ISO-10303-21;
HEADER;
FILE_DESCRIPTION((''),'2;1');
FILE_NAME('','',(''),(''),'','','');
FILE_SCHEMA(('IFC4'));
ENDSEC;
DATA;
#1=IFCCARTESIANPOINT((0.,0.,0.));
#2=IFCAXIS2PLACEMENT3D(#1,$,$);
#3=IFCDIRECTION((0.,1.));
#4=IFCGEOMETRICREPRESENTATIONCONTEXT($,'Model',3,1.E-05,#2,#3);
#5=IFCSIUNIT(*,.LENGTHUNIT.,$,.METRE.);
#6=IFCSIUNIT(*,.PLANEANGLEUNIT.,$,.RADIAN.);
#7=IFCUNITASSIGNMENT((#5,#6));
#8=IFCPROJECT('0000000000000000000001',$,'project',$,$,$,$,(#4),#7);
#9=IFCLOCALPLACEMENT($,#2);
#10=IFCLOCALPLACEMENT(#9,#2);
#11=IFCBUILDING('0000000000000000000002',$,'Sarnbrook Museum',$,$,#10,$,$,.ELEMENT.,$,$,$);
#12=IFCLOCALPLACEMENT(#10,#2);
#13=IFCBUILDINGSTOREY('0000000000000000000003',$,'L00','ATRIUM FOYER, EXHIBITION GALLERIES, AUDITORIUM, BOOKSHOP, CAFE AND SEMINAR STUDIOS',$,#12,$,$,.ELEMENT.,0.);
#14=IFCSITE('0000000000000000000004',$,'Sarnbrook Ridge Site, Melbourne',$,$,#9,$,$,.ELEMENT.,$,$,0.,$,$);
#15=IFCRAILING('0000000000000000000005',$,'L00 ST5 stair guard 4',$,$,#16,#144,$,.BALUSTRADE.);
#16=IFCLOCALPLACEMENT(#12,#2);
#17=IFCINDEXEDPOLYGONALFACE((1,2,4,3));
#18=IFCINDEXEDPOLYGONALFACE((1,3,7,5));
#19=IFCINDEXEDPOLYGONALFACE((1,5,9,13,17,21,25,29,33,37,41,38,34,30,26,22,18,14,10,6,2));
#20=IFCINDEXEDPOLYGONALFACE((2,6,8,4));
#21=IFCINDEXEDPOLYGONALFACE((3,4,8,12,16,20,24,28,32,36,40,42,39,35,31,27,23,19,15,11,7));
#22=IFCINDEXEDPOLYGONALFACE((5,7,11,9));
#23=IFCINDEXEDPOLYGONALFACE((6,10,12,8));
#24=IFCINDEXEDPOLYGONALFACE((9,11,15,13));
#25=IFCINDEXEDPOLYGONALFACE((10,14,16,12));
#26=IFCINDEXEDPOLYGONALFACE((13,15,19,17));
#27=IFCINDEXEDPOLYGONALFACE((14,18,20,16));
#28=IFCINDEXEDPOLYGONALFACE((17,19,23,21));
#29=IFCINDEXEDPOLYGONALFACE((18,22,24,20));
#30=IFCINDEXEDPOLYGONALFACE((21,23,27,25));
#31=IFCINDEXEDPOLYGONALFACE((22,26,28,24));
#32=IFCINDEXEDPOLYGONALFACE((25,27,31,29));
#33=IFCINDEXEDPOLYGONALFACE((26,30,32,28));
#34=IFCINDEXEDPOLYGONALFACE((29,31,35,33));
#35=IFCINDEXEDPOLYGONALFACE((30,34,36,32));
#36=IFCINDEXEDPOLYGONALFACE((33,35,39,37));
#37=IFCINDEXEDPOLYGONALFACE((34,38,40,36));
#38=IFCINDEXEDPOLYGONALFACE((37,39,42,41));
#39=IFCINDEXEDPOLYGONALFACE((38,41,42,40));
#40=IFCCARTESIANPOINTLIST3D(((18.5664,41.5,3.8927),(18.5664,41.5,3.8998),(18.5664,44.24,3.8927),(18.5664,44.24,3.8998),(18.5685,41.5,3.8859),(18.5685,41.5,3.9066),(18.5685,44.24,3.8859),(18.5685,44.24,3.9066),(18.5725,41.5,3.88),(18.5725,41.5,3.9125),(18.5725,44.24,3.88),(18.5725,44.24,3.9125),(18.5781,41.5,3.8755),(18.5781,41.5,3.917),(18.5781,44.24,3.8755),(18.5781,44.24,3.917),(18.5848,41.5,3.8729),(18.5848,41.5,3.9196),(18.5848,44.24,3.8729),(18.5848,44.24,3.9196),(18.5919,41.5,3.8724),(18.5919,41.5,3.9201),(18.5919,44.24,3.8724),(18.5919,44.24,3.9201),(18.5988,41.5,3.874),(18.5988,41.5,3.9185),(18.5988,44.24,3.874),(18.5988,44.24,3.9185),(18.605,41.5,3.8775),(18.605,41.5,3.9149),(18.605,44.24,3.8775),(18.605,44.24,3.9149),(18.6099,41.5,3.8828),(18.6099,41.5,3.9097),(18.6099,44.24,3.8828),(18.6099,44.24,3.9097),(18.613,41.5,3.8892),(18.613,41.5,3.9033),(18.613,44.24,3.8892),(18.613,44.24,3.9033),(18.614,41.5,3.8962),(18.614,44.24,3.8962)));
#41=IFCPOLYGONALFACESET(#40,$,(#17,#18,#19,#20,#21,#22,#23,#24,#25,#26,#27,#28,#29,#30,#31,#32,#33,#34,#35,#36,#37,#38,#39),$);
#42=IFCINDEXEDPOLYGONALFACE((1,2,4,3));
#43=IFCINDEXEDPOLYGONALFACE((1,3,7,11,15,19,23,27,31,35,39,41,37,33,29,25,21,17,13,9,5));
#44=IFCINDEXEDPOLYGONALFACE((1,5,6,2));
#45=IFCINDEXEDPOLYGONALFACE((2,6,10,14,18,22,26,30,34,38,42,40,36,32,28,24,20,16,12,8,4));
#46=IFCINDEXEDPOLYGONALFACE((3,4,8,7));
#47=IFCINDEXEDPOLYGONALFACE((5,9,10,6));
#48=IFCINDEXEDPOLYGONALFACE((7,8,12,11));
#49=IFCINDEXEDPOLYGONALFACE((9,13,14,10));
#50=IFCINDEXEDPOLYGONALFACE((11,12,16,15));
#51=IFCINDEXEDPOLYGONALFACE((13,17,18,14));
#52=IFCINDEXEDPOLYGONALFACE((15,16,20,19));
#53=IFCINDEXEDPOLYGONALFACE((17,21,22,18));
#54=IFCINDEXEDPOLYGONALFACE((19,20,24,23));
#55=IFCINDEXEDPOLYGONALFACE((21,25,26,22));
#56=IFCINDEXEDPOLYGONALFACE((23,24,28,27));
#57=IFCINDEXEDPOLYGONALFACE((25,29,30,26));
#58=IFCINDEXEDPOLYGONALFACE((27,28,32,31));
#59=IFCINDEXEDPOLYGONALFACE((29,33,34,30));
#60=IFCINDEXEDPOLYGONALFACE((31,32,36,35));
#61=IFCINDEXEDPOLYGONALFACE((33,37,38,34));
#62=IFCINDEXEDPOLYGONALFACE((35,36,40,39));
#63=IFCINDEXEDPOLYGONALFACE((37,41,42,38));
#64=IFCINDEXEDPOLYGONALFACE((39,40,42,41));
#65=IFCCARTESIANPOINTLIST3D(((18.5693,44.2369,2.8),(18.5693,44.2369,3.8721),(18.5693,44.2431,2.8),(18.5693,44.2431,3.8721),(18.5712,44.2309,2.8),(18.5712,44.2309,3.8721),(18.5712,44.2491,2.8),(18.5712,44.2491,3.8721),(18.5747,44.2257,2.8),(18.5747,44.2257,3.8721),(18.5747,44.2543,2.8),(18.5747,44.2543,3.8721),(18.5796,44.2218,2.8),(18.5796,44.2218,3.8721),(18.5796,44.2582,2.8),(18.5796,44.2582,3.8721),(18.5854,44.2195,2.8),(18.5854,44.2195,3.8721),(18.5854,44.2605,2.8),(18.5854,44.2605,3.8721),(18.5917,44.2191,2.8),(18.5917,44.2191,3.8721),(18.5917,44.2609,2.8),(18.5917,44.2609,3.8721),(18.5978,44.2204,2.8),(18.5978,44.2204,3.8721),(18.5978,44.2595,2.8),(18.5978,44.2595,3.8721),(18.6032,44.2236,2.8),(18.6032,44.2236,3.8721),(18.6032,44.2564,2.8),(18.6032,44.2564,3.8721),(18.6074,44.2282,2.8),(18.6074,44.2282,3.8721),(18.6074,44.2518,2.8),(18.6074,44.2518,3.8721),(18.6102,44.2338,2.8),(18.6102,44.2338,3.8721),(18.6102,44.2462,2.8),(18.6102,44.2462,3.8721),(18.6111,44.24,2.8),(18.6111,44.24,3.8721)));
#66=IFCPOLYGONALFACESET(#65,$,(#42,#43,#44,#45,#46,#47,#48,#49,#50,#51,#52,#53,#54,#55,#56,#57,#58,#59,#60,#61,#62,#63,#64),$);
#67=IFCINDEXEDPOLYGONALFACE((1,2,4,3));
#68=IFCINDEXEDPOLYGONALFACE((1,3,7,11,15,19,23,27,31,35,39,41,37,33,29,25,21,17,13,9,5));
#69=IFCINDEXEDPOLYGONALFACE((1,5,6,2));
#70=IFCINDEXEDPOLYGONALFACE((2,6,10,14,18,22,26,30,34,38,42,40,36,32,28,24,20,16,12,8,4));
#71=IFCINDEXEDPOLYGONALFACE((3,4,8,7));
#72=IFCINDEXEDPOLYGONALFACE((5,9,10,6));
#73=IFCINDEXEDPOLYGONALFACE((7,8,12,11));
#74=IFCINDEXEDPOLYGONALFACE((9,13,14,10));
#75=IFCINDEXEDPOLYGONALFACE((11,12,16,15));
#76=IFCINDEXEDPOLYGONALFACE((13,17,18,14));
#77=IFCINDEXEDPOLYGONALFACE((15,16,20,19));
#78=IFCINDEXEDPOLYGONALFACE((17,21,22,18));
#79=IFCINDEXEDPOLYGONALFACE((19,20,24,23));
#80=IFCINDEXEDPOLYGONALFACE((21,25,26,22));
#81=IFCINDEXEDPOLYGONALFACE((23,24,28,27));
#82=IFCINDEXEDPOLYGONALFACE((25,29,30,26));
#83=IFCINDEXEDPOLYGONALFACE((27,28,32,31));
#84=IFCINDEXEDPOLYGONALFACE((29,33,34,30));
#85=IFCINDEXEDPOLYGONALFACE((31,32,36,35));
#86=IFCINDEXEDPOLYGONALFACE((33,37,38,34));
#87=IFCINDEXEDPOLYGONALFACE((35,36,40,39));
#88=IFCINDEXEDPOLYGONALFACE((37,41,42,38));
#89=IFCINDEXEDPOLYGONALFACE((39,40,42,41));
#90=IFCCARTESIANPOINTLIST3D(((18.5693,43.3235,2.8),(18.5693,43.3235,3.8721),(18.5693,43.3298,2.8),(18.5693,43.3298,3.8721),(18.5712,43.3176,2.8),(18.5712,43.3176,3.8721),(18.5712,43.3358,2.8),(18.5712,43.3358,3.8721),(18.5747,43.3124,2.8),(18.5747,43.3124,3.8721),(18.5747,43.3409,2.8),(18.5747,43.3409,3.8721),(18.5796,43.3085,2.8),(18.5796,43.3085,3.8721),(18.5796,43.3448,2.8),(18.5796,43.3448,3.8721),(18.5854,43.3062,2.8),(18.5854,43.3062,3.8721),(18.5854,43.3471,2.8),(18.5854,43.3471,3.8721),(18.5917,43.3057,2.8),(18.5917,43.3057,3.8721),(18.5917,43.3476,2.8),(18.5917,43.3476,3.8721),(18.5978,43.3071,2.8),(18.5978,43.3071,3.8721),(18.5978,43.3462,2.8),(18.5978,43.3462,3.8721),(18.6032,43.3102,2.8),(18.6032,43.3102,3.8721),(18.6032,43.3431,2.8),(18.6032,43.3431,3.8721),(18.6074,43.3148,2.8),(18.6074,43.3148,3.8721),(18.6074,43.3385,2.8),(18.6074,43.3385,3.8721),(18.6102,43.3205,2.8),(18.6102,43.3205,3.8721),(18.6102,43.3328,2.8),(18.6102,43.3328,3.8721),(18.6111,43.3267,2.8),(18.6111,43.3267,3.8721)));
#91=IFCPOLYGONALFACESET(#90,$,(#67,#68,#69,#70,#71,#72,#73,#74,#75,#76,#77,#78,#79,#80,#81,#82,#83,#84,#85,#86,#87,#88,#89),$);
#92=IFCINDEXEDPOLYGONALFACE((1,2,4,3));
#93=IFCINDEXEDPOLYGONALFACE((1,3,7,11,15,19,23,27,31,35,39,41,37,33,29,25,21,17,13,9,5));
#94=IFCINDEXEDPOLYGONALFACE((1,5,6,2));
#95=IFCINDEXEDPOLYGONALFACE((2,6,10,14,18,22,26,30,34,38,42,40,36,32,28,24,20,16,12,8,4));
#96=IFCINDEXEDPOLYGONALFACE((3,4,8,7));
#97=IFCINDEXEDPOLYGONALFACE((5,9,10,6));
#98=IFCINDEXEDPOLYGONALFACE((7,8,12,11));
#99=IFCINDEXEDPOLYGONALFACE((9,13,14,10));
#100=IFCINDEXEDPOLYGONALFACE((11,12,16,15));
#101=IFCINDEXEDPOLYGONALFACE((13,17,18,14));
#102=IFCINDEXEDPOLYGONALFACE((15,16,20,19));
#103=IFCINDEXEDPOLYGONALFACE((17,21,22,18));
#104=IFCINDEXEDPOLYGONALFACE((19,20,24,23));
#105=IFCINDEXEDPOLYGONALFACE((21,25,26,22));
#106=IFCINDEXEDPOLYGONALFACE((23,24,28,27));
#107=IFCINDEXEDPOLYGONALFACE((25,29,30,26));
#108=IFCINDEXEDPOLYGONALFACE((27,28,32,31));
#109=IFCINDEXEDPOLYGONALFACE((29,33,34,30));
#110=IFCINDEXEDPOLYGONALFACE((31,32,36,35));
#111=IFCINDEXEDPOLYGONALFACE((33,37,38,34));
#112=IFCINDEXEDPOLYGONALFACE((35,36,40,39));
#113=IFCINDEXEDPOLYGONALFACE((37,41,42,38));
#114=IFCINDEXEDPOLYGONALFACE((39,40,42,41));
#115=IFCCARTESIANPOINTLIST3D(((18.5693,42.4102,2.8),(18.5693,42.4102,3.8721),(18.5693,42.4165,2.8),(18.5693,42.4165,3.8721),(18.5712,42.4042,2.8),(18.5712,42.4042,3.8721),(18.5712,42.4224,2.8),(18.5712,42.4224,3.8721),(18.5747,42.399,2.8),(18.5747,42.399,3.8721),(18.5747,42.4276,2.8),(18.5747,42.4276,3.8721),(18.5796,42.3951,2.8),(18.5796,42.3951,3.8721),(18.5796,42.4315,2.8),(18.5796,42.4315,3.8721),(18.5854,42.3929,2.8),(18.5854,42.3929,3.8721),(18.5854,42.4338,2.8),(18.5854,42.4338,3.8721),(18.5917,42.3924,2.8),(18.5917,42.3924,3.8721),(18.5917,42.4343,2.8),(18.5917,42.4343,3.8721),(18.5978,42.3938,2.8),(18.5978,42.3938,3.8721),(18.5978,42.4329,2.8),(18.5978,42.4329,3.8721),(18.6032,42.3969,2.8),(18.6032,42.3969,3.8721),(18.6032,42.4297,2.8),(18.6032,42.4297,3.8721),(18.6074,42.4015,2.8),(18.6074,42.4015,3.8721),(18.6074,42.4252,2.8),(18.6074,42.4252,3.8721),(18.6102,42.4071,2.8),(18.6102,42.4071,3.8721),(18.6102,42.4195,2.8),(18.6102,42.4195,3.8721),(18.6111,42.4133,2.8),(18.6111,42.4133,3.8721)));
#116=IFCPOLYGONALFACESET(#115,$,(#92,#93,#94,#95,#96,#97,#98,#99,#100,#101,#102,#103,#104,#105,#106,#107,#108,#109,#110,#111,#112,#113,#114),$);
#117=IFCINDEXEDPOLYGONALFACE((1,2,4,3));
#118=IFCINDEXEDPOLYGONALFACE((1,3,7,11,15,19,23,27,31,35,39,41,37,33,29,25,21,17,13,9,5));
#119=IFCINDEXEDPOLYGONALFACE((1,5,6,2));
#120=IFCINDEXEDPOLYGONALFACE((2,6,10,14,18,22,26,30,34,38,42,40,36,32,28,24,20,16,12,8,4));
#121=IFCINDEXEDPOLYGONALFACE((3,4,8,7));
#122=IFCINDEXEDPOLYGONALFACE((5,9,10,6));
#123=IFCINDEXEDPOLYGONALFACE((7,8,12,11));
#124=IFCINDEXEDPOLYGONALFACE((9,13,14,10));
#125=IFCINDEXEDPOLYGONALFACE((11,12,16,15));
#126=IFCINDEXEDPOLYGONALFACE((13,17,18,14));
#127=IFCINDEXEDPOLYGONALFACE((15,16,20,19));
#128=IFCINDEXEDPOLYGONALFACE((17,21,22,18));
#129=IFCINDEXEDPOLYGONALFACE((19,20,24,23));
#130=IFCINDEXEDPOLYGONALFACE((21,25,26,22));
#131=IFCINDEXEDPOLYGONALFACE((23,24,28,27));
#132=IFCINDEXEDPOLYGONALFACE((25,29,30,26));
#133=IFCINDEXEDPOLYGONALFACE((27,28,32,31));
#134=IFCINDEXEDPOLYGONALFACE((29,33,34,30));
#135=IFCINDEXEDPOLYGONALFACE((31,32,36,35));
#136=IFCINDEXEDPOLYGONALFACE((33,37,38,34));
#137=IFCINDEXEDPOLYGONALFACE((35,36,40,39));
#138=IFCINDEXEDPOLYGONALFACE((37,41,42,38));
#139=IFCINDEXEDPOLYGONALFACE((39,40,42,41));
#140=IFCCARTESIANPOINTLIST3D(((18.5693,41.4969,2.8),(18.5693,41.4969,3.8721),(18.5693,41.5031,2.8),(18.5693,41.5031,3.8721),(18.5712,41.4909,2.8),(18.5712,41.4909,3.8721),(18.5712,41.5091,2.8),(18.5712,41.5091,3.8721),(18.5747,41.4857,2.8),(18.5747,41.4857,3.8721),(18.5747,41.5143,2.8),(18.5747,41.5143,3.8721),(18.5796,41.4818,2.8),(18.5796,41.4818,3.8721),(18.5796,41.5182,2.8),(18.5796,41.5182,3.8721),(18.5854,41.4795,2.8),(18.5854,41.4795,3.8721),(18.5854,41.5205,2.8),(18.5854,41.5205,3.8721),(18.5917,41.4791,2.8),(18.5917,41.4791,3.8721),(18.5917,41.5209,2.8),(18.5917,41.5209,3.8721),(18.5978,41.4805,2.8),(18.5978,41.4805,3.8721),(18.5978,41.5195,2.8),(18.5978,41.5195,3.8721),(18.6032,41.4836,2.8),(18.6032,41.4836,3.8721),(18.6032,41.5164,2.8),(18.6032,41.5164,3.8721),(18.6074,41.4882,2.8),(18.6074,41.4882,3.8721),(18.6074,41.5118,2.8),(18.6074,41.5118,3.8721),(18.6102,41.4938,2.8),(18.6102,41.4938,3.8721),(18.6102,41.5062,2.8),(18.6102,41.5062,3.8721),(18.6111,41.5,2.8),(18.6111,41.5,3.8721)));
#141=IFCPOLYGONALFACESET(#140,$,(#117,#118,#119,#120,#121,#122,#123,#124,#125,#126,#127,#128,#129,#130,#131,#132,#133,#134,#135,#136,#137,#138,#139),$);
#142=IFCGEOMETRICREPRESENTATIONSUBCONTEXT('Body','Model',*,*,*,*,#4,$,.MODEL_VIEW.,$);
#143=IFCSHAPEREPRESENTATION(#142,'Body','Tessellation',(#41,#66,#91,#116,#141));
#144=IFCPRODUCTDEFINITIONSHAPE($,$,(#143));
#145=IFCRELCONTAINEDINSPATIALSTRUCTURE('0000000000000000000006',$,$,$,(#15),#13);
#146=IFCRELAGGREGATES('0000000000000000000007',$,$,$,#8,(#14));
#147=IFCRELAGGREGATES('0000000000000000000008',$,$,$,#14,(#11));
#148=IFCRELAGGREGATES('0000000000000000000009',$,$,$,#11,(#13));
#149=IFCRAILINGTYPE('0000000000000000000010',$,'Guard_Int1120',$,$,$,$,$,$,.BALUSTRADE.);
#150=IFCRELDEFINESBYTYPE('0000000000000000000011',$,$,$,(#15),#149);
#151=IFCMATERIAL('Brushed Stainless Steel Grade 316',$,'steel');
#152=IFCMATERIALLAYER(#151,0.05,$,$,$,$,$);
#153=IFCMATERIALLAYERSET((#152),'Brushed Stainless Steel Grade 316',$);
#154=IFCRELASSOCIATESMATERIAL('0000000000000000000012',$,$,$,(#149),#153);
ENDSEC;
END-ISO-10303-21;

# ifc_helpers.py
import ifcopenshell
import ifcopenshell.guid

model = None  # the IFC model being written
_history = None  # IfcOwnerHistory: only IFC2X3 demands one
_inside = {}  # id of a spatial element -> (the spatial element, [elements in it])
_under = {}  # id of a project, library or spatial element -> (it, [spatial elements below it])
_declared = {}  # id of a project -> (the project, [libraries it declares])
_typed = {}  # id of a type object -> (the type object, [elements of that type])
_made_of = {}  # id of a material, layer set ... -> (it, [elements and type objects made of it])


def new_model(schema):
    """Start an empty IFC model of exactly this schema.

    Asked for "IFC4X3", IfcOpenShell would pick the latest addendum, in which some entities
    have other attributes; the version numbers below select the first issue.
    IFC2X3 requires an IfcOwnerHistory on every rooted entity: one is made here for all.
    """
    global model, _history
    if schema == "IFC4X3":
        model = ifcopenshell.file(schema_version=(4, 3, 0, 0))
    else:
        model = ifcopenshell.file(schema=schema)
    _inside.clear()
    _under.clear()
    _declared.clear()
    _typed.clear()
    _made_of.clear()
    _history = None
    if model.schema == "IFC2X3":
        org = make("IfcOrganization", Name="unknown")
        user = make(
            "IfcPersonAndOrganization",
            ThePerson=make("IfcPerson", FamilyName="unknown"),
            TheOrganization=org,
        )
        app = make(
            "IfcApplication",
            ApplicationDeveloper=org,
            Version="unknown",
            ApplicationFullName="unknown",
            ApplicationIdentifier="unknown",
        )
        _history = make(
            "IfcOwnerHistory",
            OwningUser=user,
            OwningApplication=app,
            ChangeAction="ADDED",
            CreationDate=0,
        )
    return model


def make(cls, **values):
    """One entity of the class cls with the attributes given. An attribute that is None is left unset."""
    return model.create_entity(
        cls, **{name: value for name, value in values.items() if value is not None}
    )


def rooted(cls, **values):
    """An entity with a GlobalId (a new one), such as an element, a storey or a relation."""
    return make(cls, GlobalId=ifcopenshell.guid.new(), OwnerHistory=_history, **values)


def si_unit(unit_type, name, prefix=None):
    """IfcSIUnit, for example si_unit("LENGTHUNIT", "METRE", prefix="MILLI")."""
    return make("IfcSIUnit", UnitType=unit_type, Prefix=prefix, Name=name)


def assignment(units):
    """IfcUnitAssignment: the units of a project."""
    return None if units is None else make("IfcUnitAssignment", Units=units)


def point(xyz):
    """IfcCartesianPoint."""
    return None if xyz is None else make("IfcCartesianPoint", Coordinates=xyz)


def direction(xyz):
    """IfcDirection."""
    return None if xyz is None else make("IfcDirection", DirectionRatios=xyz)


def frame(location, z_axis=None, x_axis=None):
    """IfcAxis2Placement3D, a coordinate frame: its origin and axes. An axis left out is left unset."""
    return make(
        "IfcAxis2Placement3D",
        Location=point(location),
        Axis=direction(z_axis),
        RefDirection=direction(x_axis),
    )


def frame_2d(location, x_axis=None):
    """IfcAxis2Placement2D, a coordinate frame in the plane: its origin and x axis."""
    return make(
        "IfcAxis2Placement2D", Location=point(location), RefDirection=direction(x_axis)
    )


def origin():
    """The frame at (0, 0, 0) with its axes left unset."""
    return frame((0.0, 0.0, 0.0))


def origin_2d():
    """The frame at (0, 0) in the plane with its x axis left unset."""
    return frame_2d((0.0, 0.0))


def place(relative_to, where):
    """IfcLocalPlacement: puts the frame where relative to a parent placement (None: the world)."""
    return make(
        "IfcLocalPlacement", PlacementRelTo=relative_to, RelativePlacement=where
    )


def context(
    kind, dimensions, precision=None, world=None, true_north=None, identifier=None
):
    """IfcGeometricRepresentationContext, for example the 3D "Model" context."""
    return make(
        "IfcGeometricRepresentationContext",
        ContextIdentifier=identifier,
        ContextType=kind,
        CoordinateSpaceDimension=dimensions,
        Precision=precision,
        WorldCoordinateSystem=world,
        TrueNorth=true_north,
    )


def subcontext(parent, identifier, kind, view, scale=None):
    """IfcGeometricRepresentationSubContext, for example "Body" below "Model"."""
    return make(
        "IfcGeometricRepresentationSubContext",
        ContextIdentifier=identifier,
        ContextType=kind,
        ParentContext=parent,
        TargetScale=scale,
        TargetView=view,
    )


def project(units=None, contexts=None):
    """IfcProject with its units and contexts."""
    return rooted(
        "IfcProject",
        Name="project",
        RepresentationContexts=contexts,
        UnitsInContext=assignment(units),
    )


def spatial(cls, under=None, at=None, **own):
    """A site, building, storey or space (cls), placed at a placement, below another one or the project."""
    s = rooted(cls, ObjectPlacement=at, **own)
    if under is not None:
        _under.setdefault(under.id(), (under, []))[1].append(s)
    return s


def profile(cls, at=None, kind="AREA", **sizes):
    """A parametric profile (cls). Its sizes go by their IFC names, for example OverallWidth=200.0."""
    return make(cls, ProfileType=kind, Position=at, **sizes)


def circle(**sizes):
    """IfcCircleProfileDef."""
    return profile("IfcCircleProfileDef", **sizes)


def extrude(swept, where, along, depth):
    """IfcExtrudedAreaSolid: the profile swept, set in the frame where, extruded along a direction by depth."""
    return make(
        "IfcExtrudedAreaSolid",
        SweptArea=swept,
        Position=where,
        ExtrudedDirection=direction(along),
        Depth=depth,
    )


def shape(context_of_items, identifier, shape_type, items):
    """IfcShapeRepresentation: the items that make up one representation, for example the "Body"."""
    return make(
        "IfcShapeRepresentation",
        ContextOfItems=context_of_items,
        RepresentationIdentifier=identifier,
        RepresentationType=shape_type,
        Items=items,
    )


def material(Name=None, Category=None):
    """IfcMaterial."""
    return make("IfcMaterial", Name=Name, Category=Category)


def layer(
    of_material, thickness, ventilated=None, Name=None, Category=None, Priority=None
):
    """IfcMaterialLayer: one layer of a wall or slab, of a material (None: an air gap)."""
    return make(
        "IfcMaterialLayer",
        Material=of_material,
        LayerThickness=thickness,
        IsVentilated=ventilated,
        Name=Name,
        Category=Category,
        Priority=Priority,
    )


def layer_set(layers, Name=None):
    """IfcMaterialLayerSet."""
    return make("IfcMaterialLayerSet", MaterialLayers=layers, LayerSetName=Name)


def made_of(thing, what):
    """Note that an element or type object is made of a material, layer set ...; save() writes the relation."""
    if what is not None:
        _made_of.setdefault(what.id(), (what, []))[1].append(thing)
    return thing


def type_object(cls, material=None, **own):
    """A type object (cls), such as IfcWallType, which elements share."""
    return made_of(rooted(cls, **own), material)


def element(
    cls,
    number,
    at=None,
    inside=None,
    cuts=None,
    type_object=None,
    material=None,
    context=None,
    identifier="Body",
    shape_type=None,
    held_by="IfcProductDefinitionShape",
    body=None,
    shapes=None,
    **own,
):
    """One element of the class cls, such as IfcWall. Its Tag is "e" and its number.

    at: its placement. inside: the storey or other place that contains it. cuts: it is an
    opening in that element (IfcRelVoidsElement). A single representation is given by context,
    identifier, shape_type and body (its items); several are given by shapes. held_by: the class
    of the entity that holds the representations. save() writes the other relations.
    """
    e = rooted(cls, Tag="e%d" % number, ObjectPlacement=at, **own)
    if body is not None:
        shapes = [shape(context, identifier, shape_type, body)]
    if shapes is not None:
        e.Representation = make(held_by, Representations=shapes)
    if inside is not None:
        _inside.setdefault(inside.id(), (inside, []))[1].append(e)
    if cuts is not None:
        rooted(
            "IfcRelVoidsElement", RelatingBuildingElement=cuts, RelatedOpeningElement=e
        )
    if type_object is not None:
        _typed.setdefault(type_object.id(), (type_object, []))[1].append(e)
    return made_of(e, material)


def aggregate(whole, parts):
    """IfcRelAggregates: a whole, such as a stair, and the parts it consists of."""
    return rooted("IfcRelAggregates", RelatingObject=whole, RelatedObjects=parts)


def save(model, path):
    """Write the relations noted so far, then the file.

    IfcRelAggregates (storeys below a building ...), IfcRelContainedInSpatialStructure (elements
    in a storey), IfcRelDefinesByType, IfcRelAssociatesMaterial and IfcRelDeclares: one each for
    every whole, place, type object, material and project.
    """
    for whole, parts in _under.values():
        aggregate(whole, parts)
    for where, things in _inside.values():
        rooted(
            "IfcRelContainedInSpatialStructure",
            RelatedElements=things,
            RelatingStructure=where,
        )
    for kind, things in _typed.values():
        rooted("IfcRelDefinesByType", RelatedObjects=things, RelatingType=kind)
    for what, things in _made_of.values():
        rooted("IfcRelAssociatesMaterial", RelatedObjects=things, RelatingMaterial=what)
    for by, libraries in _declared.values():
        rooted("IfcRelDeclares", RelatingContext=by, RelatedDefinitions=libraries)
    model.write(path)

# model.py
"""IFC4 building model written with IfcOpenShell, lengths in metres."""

from ifc_helpers import new_model, si_unit, direction, frame, origin, origin_2d, place, context, subcontext, project, spatial, circle, extrude, material, layer, layer_set, type_object, element, save


model = new_model("IFC4")

# Units and contexts
model_context = context("Model", 3, precision=1e-05, world=origin(), true_north=direction((0.0, 1.0)))
body_context = subcontext(model_context, "Body", "Model", "MODEL_VIEW")
ifc_project = project(units=[si_unit("LENGTHUNIT", "METRE"), si_unit("PLANEANGLEUNIT", "RADIAN")], contexts=[model_context])

# Site, building, storey
site_placement = place(None, origin())
site = spatial("IfcSite", under=ifc_project, at=site_placement, Name="Sarnbrook Ridge Site, Melbourne", CompositionType="ELEMENT", RefElevation=0.0)
building_placement = place(site_placement, origin())
building = spatial("IfcBuilding", under=site, at=building_placement, Name="Sarnbrook Museum", CompositionType="ELEMENT")
storey_placement = place(building_placement, origin())
storey = spatial("IfcBuildingStorey", under=building, at=storey_placement, Name="L00", Description="ATRIUM FOYER, EXHIBITION GALLERIES, AUDITORIUM, BOOKSHOP, CAFE AND SEMINAR STUDIOS", CompositionType="ELEMENT", Elevation=0.0)

# Railing
ifc_material_1 = material(Name="Brushed Stainless Steel Grade 316", Category="steel")
ifc_layer_1 = layer(ifc_material_1, 0.05)
ifc_layer_set_1 = layer_set([ifc_layer_1], Name="Brushed Stainless Steel Grade 316")
railing_type_1 = type_object("IfcRailingType", Name="Guard_Int1120", PredefinedType="BALUSTRADE", material=ifc_layer_set_1)
for number, where, name in (
    (1, (18.5901, 44.24, 2.8), "L00 ST5 stair guard 4"),
):
    element("IfcRailing", number, at=place(storey_placement, frame(where)), inside=storey, type_object=railing_type_1, Name=name, PredefinedType="BALUSTRADE", context=body_context, shape_type="SweptSolid", body=[
        extrude(circle(Radius=0.0239, at=origin_2d()), frame((0.0, 0.0, 1.0962), z_axis=(0.0, -1.0, 0.0), x_axis=(1.0, 0.0, 0.0)), (0.0, 0.0, 1.0), 2.74),
        extrude(circle(Radius=0.021, at=origin_2d()), origin(), (0.0, 0.0, 1.0), 1.072),
        extrude(circle(Radius=0.021, at=origin_2d()), frame((0.0, -0.9133, 0.0)), (0.0, 0.0, 1.0), 1.072),
        extrude(circle(Radius=0.021, at=origin_2d()), frame((0.0, -1.8267, 0.0)), (0.0, 0.0, 1.0), 1.072),
        extrude(circle(Radius=0.021, at=origin_2d()), frame((0.0, -2.74, 0.0)), (0.0, 0.0, 1.0), 1.072),
    ])

save(model, "model.ifc")
